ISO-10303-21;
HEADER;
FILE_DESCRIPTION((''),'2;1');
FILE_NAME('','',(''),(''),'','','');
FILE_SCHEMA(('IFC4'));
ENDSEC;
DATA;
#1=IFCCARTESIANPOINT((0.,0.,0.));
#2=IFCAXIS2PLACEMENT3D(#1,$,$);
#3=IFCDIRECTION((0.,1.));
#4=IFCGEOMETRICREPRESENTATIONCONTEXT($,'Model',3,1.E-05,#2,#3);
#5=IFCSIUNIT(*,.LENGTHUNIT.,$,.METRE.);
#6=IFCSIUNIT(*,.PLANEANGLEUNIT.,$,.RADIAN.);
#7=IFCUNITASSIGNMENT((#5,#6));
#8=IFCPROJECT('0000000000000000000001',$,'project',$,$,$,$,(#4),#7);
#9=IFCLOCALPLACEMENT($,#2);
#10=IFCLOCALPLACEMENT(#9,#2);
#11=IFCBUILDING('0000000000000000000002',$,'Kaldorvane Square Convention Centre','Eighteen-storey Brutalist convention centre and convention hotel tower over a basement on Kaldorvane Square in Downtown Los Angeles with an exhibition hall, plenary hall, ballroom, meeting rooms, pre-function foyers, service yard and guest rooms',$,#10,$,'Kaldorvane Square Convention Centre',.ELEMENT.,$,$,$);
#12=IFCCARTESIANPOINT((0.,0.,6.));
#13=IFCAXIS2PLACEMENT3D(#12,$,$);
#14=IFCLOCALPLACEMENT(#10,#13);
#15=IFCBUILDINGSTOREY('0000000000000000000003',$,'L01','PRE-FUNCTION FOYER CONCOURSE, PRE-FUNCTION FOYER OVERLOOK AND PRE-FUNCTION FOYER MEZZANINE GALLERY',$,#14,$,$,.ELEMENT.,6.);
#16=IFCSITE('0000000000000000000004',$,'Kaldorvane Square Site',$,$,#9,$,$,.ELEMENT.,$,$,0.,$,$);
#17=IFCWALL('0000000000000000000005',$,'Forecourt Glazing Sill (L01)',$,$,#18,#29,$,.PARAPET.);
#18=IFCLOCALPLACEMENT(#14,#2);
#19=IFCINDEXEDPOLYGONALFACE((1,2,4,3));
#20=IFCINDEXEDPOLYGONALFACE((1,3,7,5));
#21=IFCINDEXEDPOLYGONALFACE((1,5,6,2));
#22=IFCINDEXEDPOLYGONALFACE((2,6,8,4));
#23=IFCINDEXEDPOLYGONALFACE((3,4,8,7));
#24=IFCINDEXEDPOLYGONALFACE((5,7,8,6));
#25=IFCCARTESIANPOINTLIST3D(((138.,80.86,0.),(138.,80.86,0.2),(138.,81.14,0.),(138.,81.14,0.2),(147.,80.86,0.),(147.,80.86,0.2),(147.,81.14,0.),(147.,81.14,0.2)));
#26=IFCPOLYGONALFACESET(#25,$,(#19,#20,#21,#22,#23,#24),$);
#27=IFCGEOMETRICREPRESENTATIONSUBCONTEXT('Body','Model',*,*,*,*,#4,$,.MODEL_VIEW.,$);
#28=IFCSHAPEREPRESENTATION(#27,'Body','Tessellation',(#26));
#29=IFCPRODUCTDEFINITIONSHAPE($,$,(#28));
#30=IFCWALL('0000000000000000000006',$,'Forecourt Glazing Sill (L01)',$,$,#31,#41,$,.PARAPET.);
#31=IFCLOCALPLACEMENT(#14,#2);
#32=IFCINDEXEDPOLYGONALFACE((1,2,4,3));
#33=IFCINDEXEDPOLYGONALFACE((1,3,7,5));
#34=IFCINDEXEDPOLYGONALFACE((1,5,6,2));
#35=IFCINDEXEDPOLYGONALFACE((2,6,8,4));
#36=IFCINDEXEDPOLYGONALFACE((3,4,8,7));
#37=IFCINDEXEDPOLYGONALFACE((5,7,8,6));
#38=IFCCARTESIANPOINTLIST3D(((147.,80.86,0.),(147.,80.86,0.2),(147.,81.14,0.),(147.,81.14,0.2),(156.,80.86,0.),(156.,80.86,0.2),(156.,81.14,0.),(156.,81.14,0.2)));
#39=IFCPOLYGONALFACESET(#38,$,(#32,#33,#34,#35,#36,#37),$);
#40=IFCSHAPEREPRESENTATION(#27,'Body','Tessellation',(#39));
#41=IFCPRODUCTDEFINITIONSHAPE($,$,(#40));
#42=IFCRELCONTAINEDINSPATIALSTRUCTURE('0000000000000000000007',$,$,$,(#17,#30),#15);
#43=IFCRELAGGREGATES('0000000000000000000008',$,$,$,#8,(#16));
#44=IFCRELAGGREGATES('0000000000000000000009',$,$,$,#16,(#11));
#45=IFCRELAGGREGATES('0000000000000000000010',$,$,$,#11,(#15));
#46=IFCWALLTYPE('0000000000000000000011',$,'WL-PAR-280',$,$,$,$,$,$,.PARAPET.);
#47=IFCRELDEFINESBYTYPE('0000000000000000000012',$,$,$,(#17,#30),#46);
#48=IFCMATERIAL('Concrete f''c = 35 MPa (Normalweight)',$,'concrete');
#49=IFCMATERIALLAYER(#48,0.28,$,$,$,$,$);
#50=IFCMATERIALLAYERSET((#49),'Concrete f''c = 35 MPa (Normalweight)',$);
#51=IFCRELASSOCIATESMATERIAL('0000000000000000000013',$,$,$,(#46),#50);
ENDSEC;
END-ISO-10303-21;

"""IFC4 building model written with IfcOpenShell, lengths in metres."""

from ifc_helpers import new_model, si_unit, direction, frame, frame_2d, origin, place, context, subcontext, project, spatial, rectangle, extrude, material, layer, layer_set, type_object, element, save


model = new_model("IFC4")

# Units and contexts
model_context = context("Model", 3, precision=1e-05, world=origin(), true_north=direction((0.0, 1.0)))
body_context = subcontext(model_context, "Body", "Model", "MODEL_VIEW")
ifc_project = project(units=[si_unit("LENGTHUNIT", "METRE"), si_unit("PLANEANGLEUNIT", "RADIAN")], contexts=[model_context])

# Site, building, storey
site_placement = place(None, origin())
site = spatial("IfcSite", under=ifc_project, at=site_placement, Name="Kaldorvane Square Site", CompositionType="ELEMENT", RefElevation=0.0)
building_placement = place(site_placement, origin())
building = spatial("IfcBuilding", under=site, at=building_placement, Name="Kaldorvane Square Convention Centre", Description="Eighteen-storey Brutalist convention centre and convention hotel tower over a basement on Kaldorvane Square in Downtown Los Angeles with an exhibition hall, plenary hall, ballroom, meeting rooms, pre-function foyers, service yard and guest rooms", LongName="Kaldorvane Square Convention Centre", CompositionType="ELEMENT")
storey_placement = place(building_placement, frame((0.0, 0.0, 6.0)))
storey = spatial("IfcBuildingStorey", under=building, at=storey_placement, Name="L01", Description="PRE-FUNCTION FOYER CONCOURSE, PRE-FUNCTION FOYER OVERLOOK AND PRE-FUNCTION FOYER MEZZANINE GALLERY", CompositionType="ELEMENT", Elevation=6.0)

# Walls
ifc_material_1 = material(Name="Concrete f'c = 35 MPa (Normalweight)", Category="concrete")
ifc_layer_1 = layer(ifc_material_1, 0.28)
ifc_layer_set_1 = layer_set([ifc_layer_1], Name="Concrete f'c = 35 MPa (Normalweight)")
wall_type_1 = type_object("IfcWallType", Name="WL-PAR-280", PredefinedType="PARAPET", material=ifc_layer_set_1)
for number, where, z_axis, x_axis, name in (
    (1, (138.0, 81.0, 0.0), (0.0, 0.0, 1.0), (1.0, 0.0, 0.0), "Forecourt Glazing Sill (L01)"),
    (2, (147.0, 81.0, 0.0), (0.0, 0.0, 1.0), (1.0, 0.0, 0.0), "Forecourt Glazing Sill (L01)"),
):
    element("IfcWall", number, at=place(storey_placement, frame(where, z_axis=z_axis, x_axis=x_axis)), inside=storey, type_object=wall_type_1, Name=name, PredefinedType="PARAPET", context=body_context, shape_type="SweptSolid", body=[
        extrude(rectangle(XDim=9.0, YDim=0.28, at=frame_2d((4.5, 0.0))), origin(), (0.0, 0.0, 1.0), 0.2),
    ])

save(model, "model.ifc")
